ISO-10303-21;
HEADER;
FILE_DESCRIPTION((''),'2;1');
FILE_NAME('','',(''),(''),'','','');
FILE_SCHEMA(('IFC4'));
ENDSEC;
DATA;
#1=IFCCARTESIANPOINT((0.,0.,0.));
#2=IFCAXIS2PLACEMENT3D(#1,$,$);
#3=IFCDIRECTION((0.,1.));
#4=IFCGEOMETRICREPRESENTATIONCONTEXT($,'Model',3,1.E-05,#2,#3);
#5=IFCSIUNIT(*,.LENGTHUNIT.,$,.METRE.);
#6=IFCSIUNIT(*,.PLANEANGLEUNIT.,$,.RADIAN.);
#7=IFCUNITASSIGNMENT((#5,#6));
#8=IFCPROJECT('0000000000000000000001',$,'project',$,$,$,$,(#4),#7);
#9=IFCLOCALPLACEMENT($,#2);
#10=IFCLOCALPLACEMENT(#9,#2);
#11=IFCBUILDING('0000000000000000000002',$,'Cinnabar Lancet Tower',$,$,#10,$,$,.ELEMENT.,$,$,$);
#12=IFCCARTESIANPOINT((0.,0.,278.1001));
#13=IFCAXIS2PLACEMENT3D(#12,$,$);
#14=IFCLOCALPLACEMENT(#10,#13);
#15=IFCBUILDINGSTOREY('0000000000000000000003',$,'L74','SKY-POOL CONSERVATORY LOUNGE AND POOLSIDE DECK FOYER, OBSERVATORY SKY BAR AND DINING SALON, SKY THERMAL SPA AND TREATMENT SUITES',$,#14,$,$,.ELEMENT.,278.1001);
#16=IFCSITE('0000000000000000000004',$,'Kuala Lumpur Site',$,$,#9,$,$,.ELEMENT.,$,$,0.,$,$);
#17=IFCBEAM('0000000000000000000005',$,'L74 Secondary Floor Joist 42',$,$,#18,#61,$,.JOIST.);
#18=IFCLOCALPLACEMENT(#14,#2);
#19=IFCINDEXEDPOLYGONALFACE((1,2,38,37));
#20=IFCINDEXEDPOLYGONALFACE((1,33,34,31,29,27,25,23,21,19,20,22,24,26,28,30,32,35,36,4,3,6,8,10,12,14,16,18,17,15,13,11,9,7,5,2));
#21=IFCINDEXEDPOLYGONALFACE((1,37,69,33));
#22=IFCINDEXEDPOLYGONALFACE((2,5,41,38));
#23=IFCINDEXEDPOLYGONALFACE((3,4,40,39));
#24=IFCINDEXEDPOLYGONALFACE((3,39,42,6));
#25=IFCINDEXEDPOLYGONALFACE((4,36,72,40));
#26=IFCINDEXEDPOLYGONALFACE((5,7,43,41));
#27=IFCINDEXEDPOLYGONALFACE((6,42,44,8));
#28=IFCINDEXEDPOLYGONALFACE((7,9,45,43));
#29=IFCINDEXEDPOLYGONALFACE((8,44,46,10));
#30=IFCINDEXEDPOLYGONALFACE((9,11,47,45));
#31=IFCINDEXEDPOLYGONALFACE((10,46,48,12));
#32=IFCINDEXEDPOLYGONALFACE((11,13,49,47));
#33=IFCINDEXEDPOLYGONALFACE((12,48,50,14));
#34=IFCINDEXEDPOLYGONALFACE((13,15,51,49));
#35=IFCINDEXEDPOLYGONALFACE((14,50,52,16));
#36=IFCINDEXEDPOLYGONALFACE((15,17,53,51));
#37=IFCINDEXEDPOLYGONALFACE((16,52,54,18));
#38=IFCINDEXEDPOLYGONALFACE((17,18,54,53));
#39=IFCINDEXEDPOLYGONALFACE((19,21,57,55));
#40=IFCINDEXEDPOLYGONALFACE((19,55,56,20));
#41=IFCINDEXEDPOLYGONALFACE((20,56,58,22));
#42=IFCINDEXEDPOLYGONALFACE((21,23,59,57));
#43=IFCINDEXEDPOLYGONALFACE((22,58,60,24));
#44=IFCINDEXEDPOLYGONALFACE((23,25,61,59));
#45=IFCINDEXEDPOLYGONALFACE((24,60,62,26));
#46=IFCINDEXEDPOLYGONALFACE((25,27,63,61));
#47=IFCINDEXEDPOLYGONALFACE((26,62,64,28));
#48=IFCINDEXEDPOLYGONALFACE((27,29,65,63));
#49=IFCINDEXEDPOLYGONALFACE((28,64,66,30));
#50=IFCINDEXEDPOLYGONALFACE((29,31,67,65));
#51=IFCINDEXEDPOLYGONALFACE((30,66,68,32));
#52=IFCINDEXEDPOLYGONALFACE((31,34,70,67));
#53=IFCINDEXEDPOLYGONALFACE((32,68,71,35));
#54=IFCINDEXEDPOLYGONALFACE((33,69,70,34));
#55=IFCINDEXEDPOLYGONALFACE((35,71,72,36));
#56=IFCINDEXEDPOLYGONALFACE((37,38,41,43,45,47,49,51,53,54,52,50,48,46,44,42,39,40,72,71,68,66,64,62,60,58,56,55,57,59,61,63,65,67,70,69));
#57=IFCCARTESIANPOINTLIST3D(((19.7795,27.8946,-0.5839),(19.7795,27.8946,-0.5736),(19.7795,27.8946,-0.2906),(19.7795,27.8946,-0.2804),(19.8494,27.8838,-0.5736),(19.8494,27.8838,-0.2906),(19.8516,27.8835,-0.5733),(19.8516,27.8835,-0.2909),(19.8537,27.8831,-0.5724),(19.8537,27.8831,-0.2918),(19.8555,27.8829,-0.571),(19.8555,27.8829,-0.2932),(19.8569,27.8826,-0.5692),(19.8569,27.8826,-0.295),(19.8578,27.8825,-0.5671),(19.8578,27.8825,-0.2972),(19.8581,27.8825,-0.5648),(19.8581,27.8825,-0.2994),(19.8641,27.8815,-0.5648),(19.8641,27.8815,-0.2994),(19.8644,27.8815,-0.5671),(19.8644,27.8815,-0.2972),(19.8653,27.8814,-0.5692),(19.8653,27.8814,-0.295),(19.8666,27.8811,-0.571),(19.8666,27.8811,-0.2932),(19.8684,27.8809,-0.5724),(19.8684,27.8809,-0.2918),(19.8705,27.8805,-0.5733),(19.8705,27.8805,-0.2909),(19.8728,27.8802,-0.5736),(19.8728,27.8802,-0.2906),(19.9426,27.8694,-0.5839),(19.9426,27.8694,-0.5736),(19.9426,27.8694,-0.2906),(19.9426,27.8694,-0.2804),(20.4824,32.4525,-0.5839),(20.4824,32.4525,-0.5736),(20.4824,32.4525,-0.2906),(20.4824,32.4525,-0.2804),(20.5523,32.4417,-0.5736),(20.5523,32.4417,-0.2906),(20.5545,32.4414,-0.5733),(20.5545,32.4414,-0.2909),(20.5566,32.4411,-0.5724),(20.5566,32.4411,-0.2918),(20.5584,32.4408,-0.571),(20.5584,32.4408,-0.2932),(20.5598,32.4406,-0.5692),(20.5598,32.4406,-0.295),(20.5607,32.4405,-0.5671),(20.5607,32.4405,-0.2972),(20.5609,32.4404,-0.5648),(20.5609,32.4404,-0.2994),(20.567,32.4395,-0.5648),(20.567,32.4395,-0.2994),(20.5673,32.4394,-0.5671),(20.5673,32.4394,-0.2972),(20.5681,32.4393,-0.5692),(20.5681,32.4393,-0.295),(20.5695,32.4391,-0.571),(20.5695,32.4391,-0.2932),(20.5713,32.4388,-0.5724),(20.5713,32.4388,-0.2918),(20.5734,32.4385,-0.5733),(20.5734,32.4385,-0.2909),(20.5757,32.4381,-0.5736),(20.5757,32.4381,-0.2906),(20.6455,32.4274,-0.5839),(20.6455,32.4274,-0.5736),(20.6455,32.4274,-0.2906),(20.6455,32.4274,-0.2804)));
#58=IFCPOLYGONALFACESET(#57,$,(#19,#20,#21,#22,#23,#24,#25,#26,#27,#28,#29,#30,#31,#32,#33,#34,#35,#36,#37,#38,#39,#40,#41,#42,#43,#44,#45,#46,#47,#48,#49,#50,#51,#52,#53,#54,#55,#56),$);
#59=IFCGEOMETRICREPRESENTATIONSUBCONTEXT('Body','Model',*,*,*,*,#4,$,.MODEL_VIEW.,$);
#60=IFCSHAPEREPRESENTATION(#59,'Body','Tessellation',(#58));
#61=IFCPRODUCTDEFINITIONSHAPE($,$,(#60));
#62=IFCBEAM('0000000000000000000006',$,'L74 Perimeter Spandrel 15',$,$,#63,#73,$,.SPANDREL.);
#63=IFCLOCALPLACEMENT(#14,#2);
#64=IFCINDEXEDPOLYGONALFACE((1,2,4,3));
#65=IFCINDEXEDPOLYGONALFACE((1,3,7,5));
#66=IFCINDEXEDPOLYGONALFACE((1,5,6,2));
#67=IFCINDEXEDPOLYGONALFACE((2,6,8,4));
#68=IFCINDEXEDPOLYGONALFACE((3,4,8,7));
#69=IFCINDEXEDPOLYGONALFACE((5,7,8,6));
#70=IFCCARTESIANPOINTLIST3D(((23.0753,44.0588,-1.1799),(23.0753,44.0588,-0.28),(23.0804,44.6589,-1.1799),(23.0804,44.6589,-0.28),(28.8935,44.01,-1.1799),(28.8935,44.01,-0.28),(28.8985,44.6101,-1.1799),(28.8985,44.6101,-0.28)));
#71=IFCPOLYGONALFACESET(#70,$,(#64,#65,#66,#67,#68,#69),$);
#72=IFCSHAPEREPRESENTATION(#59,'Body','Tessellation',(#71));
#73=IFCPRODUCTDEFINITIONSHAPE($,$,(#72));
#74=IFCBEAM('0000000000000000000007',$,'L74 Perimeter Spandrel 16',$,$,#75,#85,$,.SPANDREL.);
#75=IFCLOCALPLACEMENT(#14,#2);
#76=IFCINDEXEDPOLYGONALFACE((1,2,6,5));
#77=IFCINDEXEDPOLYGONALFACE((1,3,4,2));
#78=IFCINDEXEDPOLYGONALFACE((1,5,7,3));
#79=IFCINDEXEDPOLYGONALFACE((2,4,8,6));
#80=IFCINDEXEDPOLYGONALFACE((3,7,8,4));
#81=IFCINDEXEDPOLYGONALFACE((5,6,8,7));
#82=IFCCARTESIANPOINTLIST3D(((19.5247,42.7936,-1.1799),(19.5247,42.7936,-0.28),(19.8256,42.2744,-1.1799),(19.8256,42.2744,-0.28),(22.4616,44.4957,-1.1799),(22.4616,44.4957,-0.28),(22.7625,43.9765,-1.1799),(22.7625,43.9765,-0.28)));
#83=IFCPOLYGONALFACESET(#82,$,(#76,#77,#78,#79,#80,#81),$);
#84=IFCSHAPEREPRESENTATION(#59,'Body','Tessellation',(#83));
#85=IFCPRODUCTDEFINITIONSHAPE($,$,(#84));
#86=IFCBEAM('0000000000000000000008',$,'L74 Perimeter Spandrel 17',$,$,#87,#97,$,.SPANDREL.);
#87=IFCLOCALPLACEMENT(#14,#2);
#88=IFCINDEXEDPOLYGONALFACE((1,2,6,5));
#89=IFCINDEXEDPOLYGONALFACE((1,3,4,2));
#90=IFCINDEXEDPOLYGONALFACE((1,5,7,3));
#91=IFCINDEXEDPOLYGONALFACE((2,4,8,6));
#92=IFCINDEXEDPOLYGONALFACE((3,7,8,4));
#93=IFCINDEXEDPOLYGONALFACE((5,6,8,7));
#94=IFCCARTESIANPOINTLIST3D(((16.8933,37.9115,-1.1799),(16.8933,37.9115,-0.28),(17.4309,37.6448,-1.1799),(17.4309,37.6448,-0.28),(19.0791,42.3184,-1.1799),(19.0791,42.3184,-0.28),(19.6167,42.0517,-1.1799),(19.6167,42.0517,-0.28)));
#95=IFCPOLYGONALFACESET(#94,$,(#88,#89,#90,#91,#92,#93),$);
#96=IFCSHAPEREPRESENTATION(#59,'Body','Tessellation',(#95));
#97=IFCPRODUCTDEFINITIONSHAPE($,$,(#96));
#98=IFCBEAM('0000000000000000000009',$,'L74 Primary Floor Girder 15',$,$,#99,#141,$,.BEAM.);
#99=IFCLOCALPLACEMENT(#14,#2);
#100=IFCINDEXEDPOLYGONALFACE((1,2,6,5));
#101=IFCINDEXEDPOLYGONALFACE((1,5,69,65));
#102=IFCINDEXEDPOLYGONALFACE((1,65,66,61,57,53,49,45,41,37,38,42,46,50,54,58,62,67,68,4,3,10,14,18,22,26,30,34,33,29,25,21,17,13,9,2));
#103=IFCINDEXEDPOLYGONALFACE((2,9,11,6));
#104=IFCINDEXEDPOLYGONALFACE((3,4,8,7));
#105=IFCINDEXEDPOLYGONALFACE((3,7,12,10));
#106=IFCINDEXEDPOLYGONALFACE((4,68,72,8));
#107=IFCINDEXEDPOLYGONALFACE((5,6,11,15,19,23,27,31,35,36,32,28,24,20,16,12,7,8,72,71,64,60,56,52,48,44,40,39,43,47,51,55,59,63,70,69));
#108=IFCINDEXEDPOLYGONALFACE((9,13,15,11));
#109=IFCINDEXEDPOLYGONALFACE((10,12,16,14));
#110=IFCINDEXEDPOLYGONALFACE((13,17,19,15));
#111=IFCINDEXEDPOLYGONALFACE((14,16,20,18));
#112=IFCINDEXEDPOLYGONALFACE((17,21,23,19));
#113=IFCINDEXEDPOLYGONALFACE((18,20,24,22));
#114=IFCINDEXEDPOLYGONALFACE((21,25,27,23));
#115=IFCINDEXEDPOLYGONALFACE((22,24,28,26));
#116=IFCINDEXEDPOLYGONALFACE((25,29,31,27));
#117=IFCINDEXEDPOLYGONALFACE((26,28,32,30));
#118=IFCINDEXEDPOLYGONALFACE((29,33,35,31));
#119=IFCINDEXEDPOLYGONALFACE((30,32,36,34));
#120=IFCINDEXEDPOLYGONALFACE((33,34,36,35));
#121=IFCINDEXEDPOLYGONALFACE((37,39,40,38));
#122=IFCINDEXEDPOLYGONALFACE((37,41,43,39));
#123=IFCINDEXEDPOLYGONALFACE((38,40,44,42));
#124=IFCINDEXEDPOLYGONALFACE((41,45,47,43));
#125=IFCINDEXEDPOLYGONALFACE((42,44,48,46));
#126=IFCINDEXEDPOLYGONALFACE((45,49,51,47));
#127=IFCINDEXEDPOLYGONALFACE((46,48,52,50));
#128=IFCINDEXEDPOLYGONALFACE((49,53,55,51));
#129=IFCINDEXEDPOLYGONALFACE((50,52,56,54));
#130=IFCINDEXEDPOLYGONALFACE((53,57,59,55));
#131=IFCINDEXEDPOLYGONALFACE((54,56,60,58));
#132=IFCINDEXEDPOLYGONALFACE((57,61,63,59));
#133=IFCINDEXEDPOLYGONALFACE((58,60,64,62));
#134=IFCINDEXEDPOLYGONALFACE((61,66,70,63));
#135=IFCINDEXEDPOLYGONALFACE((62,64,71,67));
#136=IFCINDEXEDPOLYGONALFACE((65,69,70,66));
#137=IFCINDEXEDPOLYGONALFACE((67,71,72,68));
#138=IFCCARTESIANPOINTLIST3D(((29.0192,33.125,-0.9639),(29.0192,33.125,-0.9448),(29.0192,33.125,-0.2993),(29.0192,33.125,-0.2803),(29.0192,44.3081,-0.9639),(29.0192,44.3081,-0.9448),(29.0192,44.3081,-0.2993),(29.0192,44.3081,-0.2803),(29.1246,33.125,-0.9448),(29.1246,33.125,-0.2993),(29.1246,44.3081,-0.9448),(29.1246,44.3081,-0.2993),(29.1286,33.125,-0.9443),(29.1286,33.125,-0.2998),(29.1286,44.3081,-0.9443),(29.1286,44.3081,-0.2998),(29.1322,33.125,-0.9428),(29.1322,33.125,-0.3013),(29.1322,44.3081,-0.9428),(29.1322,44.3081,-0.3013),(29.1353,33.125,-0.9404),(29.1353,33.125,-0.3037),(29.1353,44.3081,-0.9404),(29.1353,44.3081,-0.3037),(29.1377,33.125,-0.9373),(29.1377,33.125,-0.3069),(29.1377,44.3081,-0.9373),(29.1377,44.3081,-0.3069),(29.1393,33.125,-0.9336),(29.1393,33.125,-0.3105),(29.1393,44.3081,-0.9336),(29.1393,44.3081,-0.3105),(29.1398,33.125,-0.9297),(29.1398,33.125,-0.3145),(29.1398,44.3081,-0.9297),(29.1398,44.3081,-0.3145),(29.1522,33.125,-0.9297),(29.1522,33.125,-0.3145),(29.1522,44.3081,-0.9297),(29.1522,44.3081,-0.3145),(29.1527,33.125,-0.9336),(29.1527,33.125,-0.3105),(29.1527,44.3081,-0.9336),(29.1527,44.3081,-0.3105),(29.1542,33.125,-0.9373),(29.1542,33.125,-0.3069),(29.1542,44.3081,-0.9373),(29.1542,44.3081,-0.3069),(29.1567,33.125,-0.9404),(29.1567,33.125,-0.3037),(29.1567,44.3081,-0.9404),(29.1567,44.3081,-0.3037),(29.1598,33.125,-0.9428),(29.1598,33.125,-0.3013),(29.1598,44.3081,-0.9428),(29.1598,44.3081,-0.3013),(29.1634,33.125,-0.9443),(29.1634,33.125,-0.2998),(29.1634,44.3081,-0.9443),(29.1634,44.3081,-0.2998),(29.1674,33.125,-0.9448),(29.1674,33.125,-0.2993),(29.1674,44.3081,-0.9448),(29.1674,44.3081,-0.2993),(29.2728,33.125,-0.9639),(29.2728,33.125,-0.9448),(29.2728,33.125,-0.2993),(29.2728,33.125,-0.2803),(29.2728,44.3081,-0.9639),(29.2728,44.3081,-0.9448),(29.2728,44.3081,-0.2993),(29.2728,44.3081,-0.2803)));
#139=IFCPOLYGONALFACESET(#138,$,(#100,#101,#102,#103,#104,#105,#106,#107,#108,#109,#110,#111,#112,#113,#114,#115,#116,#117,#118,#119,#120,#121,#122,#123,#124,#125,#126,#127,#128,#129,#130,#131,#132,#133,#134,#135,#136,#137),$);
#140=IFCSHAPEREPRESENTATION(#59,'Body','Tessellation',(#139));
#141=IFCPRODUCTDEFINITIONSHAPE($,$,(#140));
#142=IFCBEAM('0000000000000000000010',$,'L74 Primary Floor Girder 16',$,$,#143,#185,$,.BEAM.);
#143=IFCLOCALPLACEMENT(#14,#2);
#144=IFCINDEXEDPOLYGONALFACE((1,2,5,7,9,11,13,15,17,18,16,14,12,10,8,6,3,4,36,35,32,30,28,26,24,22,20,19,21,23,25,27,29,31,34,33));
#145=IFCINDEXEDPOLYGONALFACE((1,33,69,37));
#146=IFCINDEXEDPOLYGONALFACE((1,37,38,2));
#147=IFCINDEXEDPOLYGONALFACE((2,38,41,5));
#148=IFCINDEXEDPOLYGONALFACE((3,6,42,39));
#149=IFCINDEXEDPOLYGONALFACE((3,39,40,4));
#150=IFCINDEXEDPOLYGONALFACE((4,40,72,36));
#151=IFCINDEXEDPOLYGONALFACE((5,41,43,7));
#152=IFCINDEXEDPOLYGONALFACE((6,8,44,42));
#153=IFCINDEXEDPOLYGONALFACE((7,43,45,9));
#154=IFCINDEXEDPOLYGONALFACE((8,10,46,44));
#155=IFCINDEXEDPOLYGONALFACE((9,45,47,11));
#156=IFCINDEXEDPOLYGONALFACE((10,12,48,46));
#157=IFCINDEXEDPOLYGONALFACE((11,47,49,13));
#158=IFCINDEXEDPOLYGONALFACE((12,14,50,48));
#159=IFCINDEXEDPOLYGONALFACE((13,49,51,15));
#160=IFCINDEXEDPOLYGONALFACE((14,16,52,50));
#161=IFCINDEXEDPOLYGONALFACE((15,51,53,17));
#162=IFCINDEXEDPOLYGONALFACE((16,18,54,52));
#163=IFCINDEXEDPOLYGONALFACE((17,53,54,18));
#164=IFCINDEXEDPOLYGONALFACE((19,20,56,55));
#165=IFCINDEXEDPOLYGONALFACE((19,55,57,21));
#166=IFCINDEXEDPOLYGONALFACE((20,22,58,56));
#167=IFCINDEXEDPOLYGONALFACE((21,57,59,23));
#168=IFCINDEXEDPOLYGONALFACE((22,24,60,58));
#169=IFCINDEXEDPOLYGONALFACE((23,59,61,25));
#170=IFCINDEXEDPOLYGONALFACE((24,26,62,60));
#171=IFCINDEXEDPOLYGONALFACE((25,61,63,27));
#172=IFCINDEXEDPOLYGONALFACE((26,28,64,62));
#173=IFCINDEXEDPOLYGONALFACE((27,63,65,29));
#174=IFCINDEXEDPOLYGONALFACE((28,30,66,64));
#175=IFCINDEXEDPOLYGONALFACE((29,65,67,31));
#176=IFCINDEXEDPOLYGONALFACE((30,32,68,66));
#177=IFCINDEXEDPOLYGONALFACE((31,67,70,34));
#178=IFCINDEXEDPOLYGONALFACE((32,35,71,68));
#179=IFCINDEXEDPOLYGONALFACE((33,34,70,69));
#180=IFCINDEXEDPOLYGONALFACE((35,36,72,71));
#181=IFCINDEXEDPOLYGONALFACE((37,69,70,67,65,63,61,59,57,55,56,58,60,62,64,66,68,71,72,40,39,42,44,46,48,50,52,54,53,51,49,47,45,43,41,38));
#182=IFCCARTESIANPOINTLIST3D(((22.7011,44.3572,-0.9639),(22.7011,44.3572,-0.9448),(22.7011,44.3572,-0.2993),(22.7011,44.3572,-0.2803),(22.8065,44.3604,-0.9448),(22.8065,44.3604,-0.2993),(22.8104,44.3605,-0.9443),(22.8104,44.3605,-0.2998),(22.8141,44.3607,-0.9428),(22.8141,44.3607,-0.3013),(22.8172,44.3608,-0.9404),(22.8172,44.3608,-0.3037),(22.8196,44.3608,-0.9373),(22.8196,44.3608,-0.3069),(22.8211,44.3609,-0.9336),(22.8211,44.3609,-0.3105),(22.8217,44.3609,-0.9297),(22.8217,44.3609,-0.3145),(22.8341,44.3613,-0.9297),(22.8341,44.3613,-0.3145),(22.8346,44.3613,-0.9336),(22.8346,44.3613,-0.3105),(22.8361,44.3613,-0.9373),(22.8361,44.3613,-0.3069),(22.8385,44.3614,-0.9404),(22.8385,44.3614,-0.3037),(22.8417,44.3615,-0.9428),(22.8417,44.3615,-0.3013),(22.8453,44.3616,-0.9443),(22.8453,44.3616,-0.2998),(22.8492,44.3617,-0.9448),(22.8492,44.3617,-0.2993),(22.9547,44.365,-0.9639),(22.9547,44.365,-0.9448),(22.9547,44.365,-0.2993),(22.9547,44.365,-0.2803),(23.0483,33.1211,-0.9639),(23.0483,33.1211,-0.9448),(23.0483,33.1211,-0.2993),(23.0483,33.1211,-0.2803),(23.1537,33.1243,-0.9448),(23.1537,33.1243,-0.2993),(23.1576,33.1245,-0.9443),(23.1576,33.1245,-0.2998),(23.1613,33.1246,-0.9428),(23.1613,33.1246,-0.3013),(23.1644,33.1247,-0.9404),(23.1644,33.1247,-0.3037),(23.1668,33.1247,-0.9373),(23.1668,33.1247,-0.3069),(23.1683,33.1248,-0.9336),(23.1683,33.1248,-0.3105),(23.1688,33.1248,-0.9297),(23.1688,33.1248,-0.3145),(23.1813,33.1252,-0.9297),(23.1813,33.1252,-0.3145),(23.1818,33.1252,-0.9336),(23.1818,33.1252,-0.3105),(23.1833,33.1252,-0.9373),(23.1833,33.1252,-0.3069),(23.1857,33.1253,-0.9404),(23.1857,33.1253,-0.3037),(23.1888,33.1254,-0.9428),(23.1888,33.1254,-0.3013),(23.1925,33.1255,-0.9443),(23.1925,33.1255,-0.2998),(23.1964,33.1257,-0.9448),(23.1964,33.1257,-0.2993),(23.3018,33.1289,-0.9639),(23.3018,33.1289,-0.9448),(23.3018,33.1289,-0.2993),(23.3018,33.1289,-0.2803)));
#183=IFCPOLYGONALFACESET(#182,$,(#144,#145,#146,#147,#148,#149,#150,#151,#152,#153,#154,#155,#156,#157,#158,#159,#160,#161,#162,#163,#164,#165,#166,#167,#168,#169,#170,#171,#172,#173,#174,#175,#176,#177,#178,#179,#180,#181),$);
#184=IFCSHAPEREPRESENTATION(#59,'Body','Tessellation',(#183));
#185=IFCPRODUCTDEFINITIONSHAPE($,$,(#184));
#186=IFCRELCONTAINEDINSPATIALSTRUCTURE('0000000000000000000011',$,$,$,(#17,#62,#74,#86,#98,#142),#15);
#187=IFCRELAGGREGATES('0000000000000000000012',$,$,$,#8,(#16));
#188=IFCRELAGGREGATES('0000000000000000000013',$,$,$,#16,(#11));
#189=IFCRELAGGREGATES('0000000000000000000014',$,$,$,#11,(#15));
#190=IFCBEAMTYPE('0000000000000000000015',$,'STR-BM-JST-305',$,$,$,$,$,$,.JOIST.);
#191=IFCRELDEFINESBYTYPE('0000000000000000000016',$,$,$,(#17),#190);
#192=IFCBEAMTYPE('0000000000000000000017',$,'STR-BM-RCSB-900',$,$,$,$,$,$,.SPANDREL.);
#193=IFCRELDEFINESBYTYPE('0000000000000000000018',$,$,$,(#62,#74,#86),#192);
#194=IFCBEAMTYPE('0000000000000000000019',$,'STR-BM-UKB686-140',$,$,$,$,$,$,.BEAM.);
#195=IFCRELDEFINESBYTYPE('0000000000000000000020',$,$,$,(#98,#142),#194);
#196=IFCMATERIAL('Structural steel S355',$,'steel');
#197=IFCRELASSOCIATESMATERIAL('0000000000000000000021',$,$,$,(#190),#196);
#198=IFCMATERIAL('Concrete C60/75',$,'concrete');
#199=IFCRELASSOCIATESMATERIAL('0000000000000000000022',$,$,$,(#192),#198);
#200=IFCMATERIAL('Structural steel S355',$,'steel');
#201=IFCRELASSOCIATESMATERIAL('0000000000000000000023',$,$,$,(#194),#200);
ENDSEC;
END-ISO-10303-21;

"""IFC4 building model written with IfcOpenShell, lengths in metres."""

from ifc_helpers import new_model, si_unit, direction, frame, origin, origin_2d, place, context, subcontext, project, spatial, rectangle, i_section, extrude, material, material_profile, profile_set, type_object, element, save


model = new_model("IFC4")

# Units and contexts
model_context = context("Model", 3, precision=1e-05, world=origin(), true_north=direction((0.0, 1.0)))
body_context = subcontext(model_context, "Body", "Model", "MODEL_VIEW")
ifc_project = project(units=[si_unit("LENGTHUNIT", "METRE"), si_unit("PLANEANGLEUNIT", "RADIAN")], contexts=[model_context])

# Site, building, storey
site_placement = place(None, origin())
site = spatial("IfcSite", under=ifc_project, at=site_placement, Name="Kuala Lumpur Site", CompositionType="ELEMENT", RefElevation=0.0)
building_placement = place(site_placement, origin())
building = spatial("IfcBuilding", under=site, at=building_placement, Name="Cinnabar Lancet Tower", CompositionType="ELEMENT")
storey_placement = place(building_placement, frame((0.0, 0.0, 278.1001)))
storey = spatial("IfcBuildingStorey", under=building, at=storey_placement, Name="L74", Description="SKY-POOL CONSERVATORY LOUNGE AND POOLSIDE DECK FOYER, OBSERVATORY SKY BAR AND DINING SALON, SKY THERMAL SPA AND TREATMENT SUITES", CompositionType="ELEMENT", Elevation=278.1001)

# Beams
ifc_material_1 = material(Name="Structural steel S355", Category="steel")
ifc_material_profile_1 = material_profile(ifc_material_1, i_section(OverallWidth=0.165, OverallDepth=0.3035, WebThickness=0.0061, FlangeThickness=0.0103, FilletRadius=0.0088, at=origin_2d()), Name="UKB 305x165x40")
ifc_profile_set_1 = profile_set([ifc_material_profile_1], Name="Structural steel S355")
beam_type_1 = type_object("IfcBeamType", Name="STR-BM-JST-305", PredefinedType="JOIST", material=ifc_profile_set_1)
beam_1_placement = place(storey_placement, frame((20.564, 32.4399, -0.4321), z_axis=(-0.152411, -0.988317, 0.0), x_axis=(0.988317, -0.152411, 0.0)))
element("IfcBeam", 1, at=beam_1_placement, inside=storey, type_object=beam_type_1, Name="L74 Secondary Floor Joist 42", PredefinedType="JOIST", context=body_context, shape_type="SweptSolid", body=[
    extrude(i_section(OverallWidth=0.165, OverallDepth=0.3035, WebThickness=0.0061, FlangeThickness=0.0103, FilletRadius=0.0088, at=origin_2d()), origin(), (0.0, 0.0, 1.0), 4.6118),
])
ifc_material_2 = material(Name="Concrete C60/75", Category="concrete")
ifc_material_profile_2 = material_profile(ifc_material_2, rectangle(XDim=0.6001, YDim=0.8999, at=origin_2d()), Name="RC-SB 600x900")
ifc_profile_set_2 = profile_set([ifc_material_profile_2], Name="Concrete C60/75")
beam_type_2 = type_object("IfcBeamType", Name="STR-BM-RCSB-900", PredefinedType="SPANDREL", material=ifc_profile_set_2)
beam_2_placement = place(storey_placement, frame((28.896, 44.3101, -0.73), z_axis=(-0.999965, 0.008392, 0.0), x_axis=(-0.008392, -0.999965, 0.0)))
element("IfcBeam", 2, at=beam_2_placement, inside=storey, type_object=beam_type_2, Name="L74 Perimeter Spandrel 15", PredefinedType="SPANDREL", context=body_context, shape_type="SweptSolid", body=[
    extrude(rectangle(XDim=0.6001, YDim=0.8999, at=origin_2d()), origin(), (0.0, 0.0, 1.0), 5.8184),
])
beam_3_placement = place(storey_placement, frame((22.6121, 44.2361, -0.73), z_axis=(-0.8652, -0.501427, 0.0), x_axis=(0.501427, -0.8652, 0.0)))
element("IfcBeam", 3, at=beam_3_placement, inside=storey, type_object=beam_type_2, Name="L74 Perimeter Spandrel 16", PredefinedType="SPANDREL", context=body_context, shape_type="SweptSolid", body=[
    extrude(rectangle(XDim=0.6001, YDim=0.8999, at=origin_2d()), origin(), (0.0, 0.0, 1.0), 3.3945),
])
beam_4_placement = place(storey_placement, frame((19.3479, 42.1851, -0.73), z_axis=(-0.444333, -0.895862, 0.0), x_axis=(0.895862, -0.444333, 0.0)))
element("IfcBeam", 4, at=beam_4_placement, inside=storey, type_object=beam_type_2, Name="L74 Perimeter Spandrel 17", PredefinedType="SPANDREL", context=body_context, shape_type="SweptSolid", body=[
    extrude(rectangle(XDim=0.6001, YDim=0.8999, at=origin_2d()), origin(), (0.0, 0.0, 1.0), 4.9192),
])
ifc_material_3 = material(Name="Structural steel S355", Category="steel")
ifc_material_profile_3 = material_profile(ifc_material_3, i_section(OverallWidth=0.2537, OverallDepth=0.6836, WebThickness=0.0125, FlangeThickness=0.019, FilletRadius=0.0151, at=origin_2d()), Name="UKB 686x254x140")
ifc_profile_set_3 = profile_set([ifc_material_profile_3], Name="Structural steel S355")
beam_type_3 = type_object("IfcBeamType", Name="STR-BM-UKB686-140", PredefinedType="BEAM", material=ifc_profile_set_3)
beam_5_placement = place(storey_placement, frame((29.146, 44.3081, -0.6221), z_axis=(0.0, -1.0, 0.0), x_axis=(1.0, 0.0, 0.0)))
element("IfcBeam", 5, at=beam_5_placement, inside=storey, type_object=beam_type_3, Name="L74 Primary Floor Girder 15", PredefinedType="BEAM", context=body_context, shape_type="SweptSolid", body=[
    extrude(i_section(OverallWidth=0.2537, OverallDepth=0.6836, WebThickness=0.0125, FlangeThickness=0.019, FilletRadius=0.0151, at=origin_2d()), origin(), (0.0, 0.0, 1.0), 11.1831),
])
beam_6_placement = place(storey_placement, frame((22.8279, 44.3611, -0.6221), z_axis=(0.030883, -0.999523, 0.0), x_axis=(0.999523, 0.030883, 0.0)))
element("IfcBeam", 6, at=beam_6_placement, inside=storey, type_object=beam_type_3, Name="L74 Primary Floor Girder 16", PredefinedType="BEAM", context=body_context, shape_type="SweptSolid", body=[
    extrude(i_section(OverallWidth=0.2537, OverallDepth=0.6836, WebThickness=0.0125, FlangeThickness=0.019, FilletRadius=0.0151, at=origin_2d()), origin(), (0.0, 0.0, 1.0), 11.2415),
])

save(model, "model.ifc")
